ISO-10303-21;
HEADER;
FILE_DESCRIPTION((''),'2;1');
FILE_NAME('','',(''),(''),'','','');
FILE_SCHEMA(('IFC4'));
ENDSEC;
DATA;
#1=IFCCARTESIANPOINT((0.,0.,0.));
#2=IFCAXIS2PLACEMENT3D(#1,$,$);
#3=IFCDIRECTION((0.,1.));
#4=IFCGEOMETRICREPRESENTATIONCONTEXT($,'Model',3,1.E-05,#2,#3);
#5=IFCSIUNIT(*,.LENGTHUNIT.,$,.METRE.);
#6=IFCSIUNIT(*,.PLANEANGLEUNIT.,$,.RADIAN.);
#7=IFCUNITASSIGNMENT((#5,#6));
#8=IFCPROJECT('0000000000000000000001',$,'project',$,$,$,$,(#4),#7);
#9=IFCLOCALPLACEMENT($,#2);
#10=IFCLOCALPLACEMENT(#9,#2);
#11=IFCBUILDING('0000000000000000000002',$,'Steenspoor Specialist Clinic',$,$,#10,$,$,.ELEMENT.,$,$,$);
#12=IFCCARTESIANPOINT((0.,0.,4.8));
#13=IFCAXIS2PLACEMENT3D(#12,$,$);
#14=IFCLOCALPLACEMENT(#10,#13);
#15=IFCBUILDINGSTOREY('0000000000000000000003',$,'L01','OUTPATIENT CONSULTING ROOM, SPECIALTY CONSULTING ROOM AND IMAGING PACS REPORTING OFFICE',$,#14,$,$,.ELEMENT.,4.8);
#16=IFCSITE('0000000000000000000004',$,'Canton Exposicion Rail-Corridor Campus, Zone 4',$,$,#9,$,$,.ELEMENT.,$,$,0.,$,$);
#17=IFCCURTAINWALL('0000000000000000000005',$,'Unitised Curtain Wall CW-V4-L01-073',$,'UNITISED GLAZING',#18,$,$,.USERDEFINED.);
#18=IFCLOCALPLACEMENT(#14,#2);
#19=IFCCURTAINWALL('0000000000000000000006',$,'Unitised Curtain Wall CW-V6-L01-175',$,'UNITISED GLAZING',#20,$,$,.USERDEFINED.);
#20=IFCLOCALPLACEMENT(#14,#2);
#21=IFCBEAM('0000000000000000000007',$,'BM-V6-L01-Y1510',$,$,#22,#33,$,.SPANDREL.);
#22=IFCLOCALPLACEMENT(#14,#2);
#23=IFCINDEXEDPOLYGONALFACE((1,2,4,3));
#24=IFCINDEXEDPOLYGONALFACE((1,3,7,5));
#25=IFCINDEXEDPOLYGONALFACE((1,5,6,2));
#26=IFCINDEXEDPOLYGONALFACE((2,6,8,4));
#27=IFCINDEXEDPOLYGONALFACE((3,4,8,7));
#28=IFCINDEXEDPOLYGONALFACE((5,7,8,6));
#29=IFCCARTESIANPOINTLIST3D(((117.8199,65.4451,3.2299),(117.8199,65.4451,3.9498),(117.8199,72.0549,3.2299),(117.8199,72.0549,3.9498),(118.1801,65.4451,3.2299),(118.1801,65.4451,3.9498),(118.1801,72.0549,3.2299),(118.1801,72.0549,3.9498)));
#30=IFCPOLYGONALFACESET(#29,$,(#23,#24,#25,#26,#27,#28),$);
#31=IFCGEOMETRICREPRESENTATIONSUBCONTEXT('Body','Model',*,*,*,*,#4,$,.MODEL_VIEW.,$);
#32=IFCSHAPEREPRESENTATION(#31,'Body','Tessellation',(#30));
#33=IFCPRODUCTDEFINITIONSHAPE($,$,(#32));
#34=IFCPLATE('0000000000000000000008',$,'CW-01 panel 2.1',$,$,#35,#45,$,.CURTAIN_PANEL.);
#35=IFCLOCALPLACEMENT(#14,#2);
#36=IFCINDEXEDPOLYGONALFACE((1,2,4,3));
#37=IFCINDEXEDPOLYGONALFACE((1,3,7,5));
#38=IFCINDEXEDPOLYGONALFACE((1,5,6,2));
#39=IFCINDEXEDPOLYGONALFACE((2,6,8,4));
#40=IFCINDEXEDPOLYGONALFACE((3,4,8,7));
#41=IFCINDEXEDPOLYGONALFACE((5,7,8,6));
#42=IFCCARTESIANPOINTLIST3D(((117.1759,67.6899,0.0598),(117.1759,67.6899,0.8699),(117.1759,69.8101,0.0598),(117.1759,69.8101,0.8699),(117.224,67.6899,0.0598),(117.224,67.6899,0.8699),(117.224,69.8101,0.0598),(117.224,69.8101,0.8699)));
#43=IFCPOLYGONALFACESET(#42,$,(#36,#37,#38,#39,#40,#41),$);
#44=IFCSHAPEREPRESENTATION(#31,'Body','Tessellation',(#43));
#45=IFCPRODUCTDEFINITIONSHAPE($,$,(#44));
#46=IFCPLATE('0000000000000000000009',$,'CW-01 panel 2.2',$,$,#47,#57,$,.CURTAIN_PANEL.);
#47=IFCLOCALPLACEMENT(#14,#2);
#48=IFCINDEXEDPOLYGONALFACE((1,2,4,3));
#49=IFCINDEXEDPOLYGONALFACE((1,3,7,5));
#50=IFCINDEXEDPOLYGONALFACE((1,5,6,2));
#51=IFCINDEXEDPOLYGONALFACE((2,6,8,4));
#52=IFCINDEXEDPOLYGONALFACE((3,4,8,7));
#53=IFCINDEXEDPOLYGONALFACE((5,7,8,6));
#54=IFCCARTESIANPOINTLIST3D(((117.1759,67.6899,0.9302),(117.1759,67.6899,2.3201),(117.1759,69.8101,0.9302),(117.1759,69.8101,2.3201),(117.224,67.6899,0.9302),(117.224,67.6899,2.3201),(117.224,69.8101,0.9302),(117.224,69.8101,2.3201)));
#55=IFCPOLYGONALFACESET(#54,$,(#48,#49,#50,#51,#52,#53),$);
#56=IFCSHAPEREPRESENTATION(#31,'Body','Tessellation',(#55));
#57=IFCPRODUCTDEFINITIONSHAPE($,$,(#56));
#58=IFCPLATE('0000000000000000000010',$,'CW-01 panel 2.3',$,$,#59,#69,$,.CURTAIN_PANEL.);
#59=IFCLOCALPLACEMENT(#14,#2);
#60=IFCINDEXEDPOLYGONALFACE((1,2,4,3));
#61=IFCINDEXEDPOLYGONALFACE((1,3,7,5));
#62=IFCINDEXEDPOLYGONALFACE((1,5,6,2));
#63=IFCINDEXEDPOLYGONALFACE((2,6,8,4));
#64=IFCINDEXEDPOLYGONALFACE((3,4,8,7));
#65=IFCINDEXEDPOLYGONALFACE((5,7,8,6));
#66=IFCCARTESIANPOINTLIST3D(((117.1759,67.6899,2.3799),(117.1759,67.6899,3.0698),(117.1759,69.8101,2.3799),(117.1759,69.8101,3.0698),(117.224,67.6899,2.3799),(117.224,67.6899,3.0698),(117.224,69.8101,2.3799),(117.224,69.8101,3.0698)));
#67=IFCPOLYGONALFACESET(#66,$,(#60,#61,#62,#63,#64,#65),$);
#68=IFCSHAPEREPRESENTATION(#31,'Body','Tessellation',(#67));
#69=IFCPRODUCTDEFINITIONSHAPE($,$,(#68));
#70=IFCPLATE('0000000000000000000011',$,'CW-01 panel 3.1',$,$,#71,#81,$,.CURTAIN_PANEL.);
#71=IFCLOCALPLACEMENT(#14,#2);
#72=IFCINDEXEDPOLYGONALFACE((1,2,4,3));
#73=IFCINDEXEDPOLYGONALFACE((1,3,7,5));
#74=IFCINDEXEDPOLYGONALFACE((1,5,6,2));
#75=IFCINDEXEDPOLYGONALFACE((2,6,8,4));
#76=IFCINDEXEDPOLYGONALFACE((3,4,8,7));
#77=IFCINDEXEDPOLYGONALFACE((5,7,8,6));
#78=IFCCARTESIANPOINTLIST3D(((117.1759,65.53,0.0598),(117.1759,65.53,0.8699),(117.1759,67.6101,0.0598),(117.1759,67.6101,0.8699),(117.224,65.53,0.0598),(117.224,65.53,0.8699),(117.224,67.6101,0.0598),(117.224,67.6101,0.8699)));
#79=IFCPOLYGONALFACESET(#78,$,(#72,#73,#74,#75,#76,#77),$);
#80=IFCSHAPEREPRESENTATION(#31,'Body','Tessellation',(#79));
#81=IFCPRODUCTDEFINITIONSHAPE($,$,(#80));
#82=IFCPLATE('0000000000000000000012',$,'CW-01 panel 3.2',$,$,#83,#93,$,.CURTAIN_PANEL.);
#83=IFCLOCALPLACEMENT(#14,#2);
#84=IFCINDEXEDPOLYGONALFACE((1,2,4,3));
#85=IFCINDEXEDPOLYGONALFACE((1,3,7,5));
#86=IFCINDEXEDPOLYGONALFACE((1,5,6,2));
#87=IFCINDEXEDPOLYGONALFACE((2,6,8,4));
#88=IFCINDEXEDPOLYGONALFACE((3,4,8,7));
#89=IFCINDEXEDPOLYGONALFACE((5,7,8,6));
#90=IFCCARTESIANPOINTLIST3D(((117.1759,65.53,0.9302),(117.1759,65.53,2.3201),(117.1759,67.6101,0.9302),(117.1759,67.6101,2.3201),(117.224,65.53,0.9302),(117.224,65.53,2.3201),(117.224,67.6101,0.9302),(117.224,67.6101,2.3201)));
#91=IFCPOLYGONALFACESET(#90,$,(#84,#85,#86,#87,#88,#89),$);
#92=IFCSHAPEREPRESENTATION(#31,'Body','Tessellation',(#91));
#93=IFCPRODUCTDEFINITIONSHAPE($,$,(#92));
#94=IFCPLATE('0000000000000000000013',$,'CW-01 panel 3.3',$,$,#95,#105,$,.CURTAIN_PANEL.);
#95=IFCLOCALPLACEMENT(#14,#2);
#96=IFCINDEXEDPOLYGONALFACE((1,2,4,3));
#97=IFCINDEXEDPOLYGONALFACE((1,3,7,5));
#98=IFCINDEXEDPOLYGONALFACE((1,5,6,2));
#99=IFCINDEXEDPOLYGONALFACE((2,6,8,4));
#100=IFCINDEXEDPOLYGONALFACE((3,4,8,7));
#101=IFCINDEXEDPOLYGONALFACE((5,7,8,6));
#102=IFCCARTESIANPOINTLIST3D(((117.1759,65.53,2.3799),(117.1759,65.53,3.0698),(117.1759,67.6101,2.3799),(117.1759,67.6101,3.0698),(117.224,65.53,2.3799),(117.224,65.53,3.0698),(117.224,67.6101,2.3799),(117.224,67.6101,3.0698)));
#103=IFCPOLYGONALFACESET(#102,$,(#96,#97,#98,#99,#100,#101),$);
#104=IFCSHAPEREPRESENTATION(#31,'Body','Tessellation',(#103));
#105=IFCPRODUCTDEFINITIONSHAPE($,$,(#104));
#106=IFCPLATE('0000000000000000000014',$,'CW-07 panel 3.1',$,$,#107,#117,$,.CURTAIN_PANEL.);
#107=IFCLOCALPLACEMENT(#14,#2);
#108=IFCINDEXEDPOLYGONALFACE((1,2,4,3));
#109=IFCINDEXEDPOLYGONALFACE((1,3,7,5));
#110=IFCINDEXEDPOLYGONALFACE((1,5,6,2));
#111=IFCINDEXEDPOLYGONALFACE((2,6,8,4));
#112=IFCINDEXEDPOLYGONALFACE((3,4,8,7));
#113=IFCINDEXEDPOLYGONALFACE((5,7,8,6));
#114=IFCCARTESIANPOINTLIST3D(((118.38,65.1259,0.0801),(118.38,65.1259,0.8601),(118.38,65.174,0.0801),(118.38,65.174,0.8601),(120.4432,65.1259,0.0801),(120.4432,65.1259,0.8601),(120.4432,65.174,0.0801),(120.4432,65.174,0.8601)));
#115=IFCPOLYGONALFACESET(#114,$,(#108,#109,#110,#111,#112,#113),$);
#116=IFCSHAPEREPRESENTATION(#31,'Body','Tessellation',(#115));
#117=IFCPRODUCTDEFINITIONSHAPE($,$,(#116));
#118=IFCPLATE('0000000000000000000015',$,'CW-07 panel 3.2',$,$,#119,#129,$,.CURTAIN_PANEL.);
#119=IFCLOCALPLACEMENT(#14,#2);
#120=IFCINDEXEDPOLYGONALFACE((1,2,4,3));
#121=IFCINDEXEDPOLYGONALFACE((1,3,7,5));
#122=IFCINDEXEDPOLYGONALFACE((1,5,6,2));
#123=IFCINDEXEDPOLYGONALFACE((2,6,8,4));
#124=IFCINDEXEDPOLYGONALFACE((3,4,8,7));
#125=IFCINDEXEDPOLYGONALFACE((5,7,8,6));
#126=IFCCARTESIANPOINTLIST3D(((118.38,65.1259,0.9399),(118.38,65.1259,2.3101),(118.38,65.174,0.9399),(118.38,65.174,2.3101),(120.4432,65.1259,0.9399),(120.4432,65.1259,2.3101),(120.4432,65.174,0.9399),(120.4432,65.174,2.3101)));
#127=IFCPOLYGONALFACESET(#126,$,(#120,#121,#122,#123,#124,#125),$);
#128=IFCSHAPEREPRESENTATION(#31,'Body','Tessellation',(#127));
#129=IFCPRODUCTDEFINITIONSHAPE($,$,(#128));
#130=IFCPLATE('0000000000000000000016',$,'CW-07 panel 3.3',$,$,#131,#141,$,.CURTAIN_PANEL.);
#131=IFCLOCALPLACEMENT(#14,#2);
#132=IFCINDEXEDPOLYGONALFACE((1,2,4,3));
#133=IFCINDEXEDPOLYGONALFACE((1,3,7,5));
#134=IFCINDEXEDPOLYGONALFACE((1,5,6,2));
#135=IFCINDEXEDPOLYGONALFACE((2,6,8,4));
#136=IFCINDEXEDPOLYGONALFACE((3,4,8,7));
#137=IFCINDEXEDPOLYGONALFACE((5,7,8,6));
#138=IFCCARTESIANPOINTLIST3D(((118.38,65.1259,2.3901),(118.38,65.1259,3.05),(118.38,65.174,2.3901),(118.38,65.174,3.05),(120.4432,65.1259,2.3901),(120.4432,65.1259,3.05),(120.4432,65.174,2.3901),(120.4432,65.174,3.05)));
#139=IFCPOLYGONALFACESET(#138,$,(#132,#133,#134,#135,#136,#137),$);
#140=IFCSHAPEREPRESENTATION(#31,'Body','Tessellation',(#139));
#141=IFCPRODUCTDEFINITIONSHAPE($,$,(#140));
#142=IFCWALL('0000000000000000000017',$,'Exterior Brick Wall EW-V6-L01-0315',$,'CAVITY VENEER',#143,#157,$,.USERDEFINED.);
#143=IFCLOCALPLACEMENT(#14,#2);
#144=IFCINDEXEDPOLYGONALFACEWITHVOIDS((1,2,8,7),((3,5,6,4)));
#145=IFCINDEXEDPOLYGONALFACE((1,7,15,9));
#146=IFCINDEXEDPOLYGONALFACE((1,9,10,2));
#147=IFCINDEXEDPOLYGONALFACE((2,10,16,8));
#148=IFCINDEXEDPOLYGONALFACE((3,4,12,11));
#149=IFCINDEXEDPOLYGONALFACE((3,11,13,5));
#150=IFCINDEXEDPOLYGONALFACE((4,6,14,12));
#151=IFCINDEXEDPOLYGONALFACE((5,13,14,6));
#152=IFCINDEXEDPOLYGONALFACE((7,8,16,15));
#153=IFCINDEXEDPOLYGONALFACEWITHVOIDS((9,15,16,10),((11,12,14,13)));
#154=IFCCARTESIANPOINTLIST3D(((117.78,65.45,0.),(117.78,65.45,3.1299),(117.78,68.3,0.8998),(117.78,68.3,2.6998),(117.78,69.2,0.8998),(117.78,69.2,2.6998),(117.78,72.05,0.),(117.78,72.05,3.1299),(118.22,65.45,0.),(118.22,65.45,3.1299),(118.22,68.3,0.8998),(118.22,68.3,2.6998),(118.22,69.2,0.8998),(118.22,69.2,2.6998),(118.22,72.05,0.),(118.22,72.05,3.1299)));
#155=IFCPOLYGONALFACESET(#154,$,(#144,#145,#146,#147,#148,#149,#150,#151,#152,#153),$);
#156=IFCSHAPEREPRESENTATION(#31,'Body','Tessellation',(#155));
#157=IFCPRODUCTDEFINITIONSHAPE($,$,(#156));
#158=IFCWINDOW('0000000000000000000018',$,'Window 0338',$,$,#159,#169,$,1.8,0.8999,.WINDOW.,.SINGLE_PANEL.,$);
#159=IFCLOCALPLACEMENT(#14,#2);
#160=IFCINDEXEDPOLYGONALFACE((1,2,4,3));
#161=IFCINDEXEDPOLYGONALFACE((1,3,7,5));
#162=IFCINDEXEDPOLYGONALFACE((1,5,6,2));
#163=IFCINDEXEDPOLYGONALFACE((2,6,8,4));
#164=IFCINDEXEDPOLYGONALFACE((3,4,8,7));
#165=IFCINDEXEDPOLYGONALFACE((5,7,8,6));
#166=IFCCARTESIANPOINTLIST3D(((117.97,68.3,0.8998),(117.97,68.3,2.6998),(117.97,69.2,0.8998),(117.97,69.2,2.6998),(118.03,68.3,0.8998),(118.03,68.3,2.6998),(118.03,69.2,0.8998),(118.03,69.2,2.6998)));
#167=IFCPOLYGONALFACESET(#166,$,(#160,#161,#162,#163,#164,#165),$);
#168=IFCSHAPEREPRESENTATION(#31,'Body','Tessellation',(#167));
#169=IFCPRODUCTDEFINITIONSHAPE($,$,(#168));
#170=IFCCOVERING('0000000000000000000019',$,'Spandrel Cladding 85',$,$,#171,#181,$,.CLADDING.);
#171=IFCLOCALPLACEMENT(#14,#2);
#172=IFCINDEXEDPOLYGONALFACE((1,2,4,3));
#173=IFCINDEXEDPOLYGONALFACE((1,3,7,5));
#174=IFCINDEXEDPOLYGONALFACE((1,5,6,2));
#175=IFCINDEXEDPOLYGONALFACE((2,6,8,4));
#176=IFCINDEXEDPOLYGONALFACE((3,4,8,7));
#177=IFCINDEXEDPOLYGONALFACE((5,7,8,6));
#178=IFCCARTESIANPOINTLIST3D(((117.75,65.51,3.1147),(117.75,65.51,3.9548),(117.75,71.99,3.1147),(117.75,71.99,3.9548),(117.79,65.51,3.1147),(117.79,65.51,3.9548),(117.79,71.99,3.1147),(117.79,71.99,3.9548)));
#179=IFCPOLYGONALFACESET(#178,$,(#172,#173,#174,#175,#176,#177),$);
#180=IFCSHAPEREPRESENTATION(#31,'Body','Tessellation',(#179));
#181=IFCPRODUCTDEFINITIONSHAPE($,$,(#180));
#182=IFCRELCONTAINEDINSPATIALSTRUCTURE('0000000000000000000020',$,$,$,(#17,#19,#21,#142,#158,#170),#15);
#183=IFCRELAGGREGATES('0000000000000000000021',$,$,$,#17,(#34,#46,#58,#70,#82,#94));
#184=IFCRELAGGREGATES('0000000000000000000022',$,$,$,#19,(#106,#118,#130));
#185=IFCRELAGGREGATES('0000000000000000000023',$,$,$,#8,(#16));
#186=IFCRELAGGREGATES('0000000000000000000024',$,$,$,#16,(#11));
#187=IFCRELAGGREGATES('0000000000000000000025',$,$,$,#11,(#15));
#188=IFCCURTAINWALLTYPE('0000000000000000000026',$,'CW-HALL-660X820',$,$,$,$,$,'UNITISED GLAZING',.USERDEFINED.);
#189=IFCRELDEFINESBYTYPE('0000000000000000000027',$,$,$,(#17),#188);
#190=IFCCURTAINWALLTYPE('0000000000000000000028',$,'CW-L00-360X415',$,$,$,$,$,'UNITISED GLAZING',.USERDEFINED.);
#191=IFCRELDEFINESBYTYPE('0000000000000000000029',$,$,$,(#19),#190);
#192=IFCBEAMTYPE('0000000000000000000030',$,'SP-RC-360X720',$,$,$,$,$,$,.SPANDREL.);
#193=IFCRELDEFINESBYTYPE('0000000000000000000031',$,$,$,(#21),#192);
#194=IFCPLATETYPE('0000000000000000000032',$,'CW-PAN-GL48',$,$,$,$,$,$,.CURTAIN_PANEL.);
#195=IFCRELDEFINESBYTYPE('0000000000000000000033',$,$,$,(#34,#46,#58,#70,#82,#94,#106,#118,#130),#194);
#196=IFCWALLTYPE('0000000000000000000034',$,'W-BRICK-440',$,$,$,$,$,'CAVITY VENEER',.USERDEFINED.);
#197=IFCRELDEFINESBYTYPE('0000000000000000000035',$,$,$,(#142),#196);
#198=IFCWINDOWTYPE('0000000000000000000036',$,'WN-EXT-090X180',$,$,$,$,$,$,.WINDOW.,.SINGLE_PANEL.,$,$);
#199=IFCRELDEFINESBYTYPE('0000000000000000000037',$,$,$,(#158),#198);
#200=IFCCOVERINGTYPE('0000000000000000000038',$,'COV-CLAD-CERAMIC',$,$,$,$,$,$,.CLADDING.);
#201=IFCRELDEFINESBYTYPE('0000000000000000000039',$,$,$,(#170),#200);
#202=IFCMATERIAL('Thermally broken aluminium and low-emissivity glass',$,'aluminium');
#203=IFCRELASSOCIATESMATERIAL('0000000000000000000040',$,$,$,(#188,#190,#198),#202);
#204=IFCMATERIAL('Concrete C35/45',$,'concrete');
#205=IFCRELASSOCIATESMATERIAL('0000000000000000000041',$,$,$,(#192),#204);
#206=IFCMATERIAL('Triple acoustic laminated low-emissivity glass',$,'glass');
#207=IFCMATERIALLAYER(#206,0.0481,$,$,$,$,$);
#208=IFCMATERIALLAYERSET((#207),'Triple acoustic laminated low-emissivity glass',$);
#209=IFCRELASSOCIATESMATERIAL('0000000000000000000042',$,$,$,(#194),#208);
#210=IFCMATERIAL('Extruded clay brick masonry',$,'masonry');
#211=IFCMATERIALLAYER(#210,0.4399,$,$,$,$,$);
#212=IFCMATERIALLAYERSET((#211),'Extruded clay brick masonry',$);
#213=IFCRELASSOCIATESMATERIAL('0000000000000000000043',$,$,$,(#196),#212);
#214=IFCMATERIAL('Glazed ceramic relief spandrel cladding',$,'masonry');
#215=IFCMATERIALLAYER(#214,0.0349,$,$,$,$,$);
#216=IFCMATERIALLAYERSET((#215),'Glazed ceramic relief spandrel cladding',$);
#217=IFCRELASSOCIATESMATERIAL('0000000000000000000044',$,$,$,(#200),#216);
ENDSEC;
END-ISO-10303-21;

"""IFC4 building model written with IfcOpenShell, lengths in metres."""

from ifc_helpers import new_model, si_unit, direction, frame, frame_2d, origin, origin_2d, place, context, subcontext, project, spatial, rectangle, extrude, material, layer, layer_set, material_profile, profile_set, type_object, element, fill, aggregate, save


model = new_model("IFC4")

# Units and contexts
model_context = context("Model", 3, precision=1e-05, world=origin(), true_north=direction((0.0, 1.0)))
body_context = subcontext(model_context, "Body", "Model", "MODEL_VIEW")
ifc_project = project(units=[si_unit("LENGTHUNIT", "METRE"), si_unit("PLANEANGLEUNIT", "RADIAN")], contexts=[model_context])

# Site, building, storey
site_placement = place(None, origin())
site = spatial("IfcSite", under=ifc_project, at=site_placement, Name="Canton Exposicion Rail-Corridor Campus, Zone 4", CompositionType="ELEMENT", RefElevation=0.0)
building_placement = place(site_placement, origin())
building = spatial("IfcBuilding", under=site, at=building_placement, Name="Steenspoor Specialist Clinic", CompositionType="ELEMENT")
storey_placement = place(building_placement, frame((0.0, 0.0, 4.8)))
storey = spatial("IfcBuildingStorey", under=building, at=storey_placement, Name="L01", Description="OUTPATIENT CONSULTING ROOM, SPECIALTY CONSULTING ROOM AND IMAGING PACS REPORTING OFFICE", CompositionType="ELEMENT", Elevation=4.8)

# Curtain wall
ifc_material_1 = material(Name="Thermally broken aluminium and low-emissivity glass", Category="aluminium")
curtain_wall_type_1 = type_object("IfcCurtainWallType", Name="CW-HALL-660X820", ElementType="UNITISED GLAZING", PredefinedType="USERDEFINED", material=ifc_material_1)
curtain_wall_1_placement = place(storey_placement, origin())
curtain_wall_1 = element("IfcCurtainWall", 1, at=curtain_wall_1_placement, inside=storey, type_object=curtain_wall_type_1, Name="Unitised Curtain Wall CW-V4-L01-073", ObjectType="UNITISED GLAZING", PredefinedType="USERDEFINED")

# Curtain wall
curtain_wall_type_2 = type_object("IfcCurtainWallType", Name="CW-L00-360X415", ElementType="UNITISED GLAZING", PredefinedType="USERDEFINED", material=ifc_material_1)
curtain_wall_2_placement = place(storey_placement, origin())
curtain_wall_2 = element("IfcCurtainWall", 2, at=curtain_wall_2_placement, inside=storey, type_object=curtain_wall_type_2, Name="Unitised Curtain Wall CW-V6-L01-175", ObjectType="UNITISED GLAZING", PredefinedType="USERDEFINED")

# Shared definitions
ifc_material_2 = material(Name="Concrete C35/45", Category="concrete")

# Beam
ifc_material_profile_1 = material_profile(ifc_material_2, rectangle(XDim=0.3601, YDim=0.72, at=origin_2d()), Name="RC-SP-360X720")
ifc_profile_set_1 = profile_set([ifc_material_profile_1], Name="Concrete C35/45")
beam_type_1 = type_object("IfcBeamType", Name="SP-RC-360X720", PredefinedType="SPANDREL", material=ifc_profile_set_1)
beam_1_placement = place(storey_placement, frame((118.0, 65.4451, 3.5898), z_axis=(0.0, 1.0, 0.0), x_axis=(-1.0, 0.0, 0.0)))
element("IfcBeam", 3, at=beam_1_placement, inside=storey, type_object=beam_type_1, Name="BM-V6-L01-Y1510", PredefinedType="SPANDREL", context=body_context, shape_type="SweptSolid", body=[
    extrude(rectangle(XDim=0.3601, YDim=0.72, at=origin_2d()), origin(), (0.0, 0.0, 1.0), 6.6099),
])

# Plates
ifc_material_3 = material(Name="Triple acoustic laminated low-emissivity glass", Category="glass")
ifc_layer_1 = layer(ifc_material_3, 0.0481)
ifc_layer_set_1 = layer_set([ifc_layer_1], Name="Triple acoustic laminated low-emissivity glass")
plate_type = type_object("IfcPlateType", Name="CW-PAN-GL48", PredefinedType="CURTAIN_PANEL", material=ifc_layer_set_1)
plate_1_placement = place(storey_placement, frame((117.2, 68.75, 0.0598), z_axis=(0.0, 0.0, 1.0), x_axis=(0.0, -1.0, 0.0)))
plate_1 = element("IfcPlate", 4, at=plate_1_placement, type_object=plate_type, Name="CW-01 panel 2.1", PredefinedType="CURTAIN_PANEL", context=body_context, shape_type="SweptSolid", body=[
    extrude(rectangle(XDim=2.1201, YDim=0.0481, at=origin_2d()), origin(), (0.0, 0.0, 1.0), 0.8101),
])
plate_2_placement = place(storey_placement, frame((117.2, 68.75, 0.9302), z_axis=(0.0, 0.0, 1.0), x_axis=(0.0, -1.0, 0.0)))
plate_2 = element("IfcPlate", 5, at=plate_2_placement, type_object=plate_type, Name="CW-01 panel 2.2", PredefinedType="CURTAIN_PANEL", context=body_context, shape_type="SweptSolid", body=[
    extrude(rectangle(XDim=2.1201, YDim=0.0481, at=origin_2d()), origin(), (0.0, 0.0, 1.0), 1.3899),
])
plate_3_placement = place(storey_placement, frame((117.2, 68.75, 2.3799), z_axis=(0.0, 0.0, 1.0), x_axis=(0.0, -1.0, 0.0)))
plate_3 = element("IfcPlate", 6, at=plate_3_placement, type_object=plate_type, Name="CW-01 panel 2.3", PredefinedType="CURTAIN_PANEL", context=body_context, shape_type="SweptSolid", body=[
    extrude(rectangle(XDim=2.1201, YDim=0.0481, at=origin_2d()), origin(), (0.0, 0.0, 1.0), 0.6899),
])
plate_4_placement = place(storey_placement, frame((117.2, 66.5701, 0.0598), z_axis=(0.0, 0.0, 1.0), x_axis=(0.0, -1.0, 0.0)))
plate_4 = element("IfcPlate", 7, at=plate_4_placement, type_object=plate_type, Name="CW-01 panel 3.1", PredefinedType="CURTAIN_PANEL", context=body_context, shape_type="SweptSolid", body=[
    extrude(rectangle(XDim=2.0801, YDim=0.0481, at=origin_2d()), origin(), (0.0, 0.0, 1.0), 0.8101),
])
plate_5_placement = place(storey_placement, frame((117.2, 66.5701, 0.9302), z_axis=(0.0, 0.0, 1.0), x_axis=(0.0, -1.0, 0.0)))
plate_5 = element("IfcPlate", 8, at=plate_5_placement, type_object=plate_type, Name="CW-01 panel 3.2", PredefinedType="CURTAIN_PANEL", context=body_context, shape_type="SweptSolid", body=[
    extrude(rectangle(XDim=2.0801, YDim=0.0481, at=origin_2d()), origin(), (0.0, 0.0, 1.0), 1.3899),
])
plate_6_placement = place(storey_placement, frame((117.2, 66.5701, 2.3799), z_axis=(0.0, 0.0, 1.0), x_axis=(0.0, -1.0, 0.0)))
plate_6 = element("IfcPlate", 9, at=plate_6_placement, type_object=plate_type, Name="CW-01 panel 3.3", PredefinedType="CURTAIN_PANEL", context=body_context, shape_type="SweptSolid", body=[
    extrude(rectangle(XDim=2.0801, YDim=0.0481, at=origin_2d()), origin(), (0.0, 0.0, 1.0), 0.6899),
])
aggregate(curtain_wall_1, [plate_1, plate_2, plate_3, plate_4, plate_5, plate_6])
plate_7_placement = place(storey_placement, frame((119.4116, 65.1499, 0.0801), z_axis=(0.0, 0.0, 1.0), x_axis=(-1.0, 0.0, 0.0)))
plate_7 = element("IfcPlate", 10, at=plate_7_placement, type_object=plate_type, Name="CW-07 panel 3.1", PredefinedType="CURTAIN_PANEL", context=body_context, shape_type="SweptSolid", body=[
    extrude(rectangle(XDim=2.0632, YDim=0.0481, at=origin_2d()), origin(), (0.0, 0.0, 1.0), 0.78),
])
plate_8_placement = place(storey_placement, frame((119.4116, 65.1499, 0.9399), z_axis=(0.0, 0.0, 1.0), x_axis=(-1.0, 0.0, 0.0)))
plate_8 = element("IfcPlate", 11, at=plate_8_placement, type_object=plate_type, Name="CW-07 panel 3.2", PredefinedType="CURTAIN_PANEL", context=body_context, shape_type="SweptSolid", body=[
    extrude(rectangle(XDim=2.0632, YDim=0.0481, at=origin_2d()), origin(), (0.0, 0.0, 1.0), 1.3701),
])
plate_9_placement = place(storey_placement, frame((119.4116, 65.1499, 2.3901), z_axis=(0.0, 0.0, 1.0), x_axis=(-1.0, 0.0, 0.0)))
plate_9 = element("IfcPlate", 12, at=plate_9_placement, type_object=plate_type, Name="CW-07 panel 3.3", PredefinedType="CURTAIN_PANEL", context=body_context, shape_type="SweptSolid", body=[
    extrude(rectangle(XDim=2.0632, YDim=0.0481, at=origin_2d()), origin(), (0.0, 0.0, 1.0), 0.6599),
])
aggregate(curtain_wall_2, [plate_7, plate_8, plate_9])

# Wall, opening, window
ifc_material_4 = material(Name="Extruded clay brick masonry", Category="masonry")
ifc_layer_2 = layer(ifc_material_4, 0.4399)
ifc_layer_set_2 = layer_set([ifc_layer_2], Name="Extruded clay brick masonry")
wall_type = type_object("IfcWallType", Name="W-BRICK-440", ElementType="CAVITY VENEER", PredefinedType="USERDEFINED", material=ifc_layer_set_2)
wall_placement = place(storey_placement, frame((118.0, 65.45, 0.0), z_axis=(0.0, 0.0, 1.0), x_axis=(0.0, 1.0, 0.0)))
wall = element("IfcWall", 13, at=wall_placement, inside=storey, type_object=wall_type, Name="Exterior Brick Wall EW-V6-L01-0315", ObjectType="CAVITY VENEER", PredefinedType="USERDEFINED", context=body_context, shape_type="SweptSolid", body=[
    extrude(rectangle(XDim=6.6001, YDim=0.4399, at=frame_2d((3.3, 0.0))), origin(), (0.0, 0.0, 1.0), 3.1299),
])
opening_placement = place(wall_placement, frame((2.8501, 0.0, 0.8999)))
opening = element("IfcOpeningElement", 14, at=opening_placement, cuts=wall, PredefinedType="OPENING", context=body_context, shape_type="SweptSolid", body=[
    extrude(rectangle(XDim=0.8999, YDim=1.8, at=frame_2d((0.45, 0.8999))), frame((0.0, 0.23, 0.0), z_axis=(0.0, -1.0, 0.0), x_axis=(1.0, 0.0, 0.0)), (0.0, 0.0, 1.0), 0.46),
])
window_type = type_object("IfcWindowType", Name="WN-EXT-090X180", PartitioningType="SINGLE_PANEL", PredefinedType="WINDOW", material=ifc_material_1)
window_placement = place(opening_placement, origin())
window = element("IfcWindow", 15, at=window_placement, inside=storey, type_object=window_type, Name="Window 0338", OverallHeight=1.8, OverallWidth=0.8999, PartitioningType="SINGLE_PANEL", PredefinedType="WINDOW", context=body_context, shape_type="SweptSolid", body=[
    extrude(rectangle(XDim=0.8999, YDim=1.8, at=frame_2d((0.45, 0.8999))), frame((0.0, 0.03, 0.0), z_axis=(0.0, -1.0, 0.0), x_axis=(1.0, 0.0, 0.0)), (0.0, 0.0, 1.0), 0.0601),
])
fill(opening, window)

# Covering
ifc_material_5 = material(Name="Glazed ceramic relief spandrel cladding", Category="masonry")
ifc_layer_3 = layer(ifc_material_5, 0.0349)
ifc_layer_set_3 = layer_set([ifc_layer_3], Name="Glazed ceramic relief spandrel cladding")
covering_type_1 = type_object("IfcCoveringType", Name="COV-CLAD-CERAMIC", PredefinedType="CLADDING", material=ifc_layer_set_3)
covering_1_placement = place(storey_placement, frame((117.77, 68.75, 3.1147), z_axis=(0.0, 0.0, 1.0), x_axis=(0.0, 1.0, 0.0)))
element("IfcCovering", 16, at=covering_1_placement, inside=storey, type_object=covering_type_1, Name="Spandrel Cladding 85", PredefinedType="CLADDING", context=body_context, shape_type="SweptSolid", body=[
    extrude(rectangle(XDim=6.48, YDim=0.04, at=origin_2d()), origin(), (0.0, 0.0, 1.0), 0.8401),
])

save(model, "model.ifc")
